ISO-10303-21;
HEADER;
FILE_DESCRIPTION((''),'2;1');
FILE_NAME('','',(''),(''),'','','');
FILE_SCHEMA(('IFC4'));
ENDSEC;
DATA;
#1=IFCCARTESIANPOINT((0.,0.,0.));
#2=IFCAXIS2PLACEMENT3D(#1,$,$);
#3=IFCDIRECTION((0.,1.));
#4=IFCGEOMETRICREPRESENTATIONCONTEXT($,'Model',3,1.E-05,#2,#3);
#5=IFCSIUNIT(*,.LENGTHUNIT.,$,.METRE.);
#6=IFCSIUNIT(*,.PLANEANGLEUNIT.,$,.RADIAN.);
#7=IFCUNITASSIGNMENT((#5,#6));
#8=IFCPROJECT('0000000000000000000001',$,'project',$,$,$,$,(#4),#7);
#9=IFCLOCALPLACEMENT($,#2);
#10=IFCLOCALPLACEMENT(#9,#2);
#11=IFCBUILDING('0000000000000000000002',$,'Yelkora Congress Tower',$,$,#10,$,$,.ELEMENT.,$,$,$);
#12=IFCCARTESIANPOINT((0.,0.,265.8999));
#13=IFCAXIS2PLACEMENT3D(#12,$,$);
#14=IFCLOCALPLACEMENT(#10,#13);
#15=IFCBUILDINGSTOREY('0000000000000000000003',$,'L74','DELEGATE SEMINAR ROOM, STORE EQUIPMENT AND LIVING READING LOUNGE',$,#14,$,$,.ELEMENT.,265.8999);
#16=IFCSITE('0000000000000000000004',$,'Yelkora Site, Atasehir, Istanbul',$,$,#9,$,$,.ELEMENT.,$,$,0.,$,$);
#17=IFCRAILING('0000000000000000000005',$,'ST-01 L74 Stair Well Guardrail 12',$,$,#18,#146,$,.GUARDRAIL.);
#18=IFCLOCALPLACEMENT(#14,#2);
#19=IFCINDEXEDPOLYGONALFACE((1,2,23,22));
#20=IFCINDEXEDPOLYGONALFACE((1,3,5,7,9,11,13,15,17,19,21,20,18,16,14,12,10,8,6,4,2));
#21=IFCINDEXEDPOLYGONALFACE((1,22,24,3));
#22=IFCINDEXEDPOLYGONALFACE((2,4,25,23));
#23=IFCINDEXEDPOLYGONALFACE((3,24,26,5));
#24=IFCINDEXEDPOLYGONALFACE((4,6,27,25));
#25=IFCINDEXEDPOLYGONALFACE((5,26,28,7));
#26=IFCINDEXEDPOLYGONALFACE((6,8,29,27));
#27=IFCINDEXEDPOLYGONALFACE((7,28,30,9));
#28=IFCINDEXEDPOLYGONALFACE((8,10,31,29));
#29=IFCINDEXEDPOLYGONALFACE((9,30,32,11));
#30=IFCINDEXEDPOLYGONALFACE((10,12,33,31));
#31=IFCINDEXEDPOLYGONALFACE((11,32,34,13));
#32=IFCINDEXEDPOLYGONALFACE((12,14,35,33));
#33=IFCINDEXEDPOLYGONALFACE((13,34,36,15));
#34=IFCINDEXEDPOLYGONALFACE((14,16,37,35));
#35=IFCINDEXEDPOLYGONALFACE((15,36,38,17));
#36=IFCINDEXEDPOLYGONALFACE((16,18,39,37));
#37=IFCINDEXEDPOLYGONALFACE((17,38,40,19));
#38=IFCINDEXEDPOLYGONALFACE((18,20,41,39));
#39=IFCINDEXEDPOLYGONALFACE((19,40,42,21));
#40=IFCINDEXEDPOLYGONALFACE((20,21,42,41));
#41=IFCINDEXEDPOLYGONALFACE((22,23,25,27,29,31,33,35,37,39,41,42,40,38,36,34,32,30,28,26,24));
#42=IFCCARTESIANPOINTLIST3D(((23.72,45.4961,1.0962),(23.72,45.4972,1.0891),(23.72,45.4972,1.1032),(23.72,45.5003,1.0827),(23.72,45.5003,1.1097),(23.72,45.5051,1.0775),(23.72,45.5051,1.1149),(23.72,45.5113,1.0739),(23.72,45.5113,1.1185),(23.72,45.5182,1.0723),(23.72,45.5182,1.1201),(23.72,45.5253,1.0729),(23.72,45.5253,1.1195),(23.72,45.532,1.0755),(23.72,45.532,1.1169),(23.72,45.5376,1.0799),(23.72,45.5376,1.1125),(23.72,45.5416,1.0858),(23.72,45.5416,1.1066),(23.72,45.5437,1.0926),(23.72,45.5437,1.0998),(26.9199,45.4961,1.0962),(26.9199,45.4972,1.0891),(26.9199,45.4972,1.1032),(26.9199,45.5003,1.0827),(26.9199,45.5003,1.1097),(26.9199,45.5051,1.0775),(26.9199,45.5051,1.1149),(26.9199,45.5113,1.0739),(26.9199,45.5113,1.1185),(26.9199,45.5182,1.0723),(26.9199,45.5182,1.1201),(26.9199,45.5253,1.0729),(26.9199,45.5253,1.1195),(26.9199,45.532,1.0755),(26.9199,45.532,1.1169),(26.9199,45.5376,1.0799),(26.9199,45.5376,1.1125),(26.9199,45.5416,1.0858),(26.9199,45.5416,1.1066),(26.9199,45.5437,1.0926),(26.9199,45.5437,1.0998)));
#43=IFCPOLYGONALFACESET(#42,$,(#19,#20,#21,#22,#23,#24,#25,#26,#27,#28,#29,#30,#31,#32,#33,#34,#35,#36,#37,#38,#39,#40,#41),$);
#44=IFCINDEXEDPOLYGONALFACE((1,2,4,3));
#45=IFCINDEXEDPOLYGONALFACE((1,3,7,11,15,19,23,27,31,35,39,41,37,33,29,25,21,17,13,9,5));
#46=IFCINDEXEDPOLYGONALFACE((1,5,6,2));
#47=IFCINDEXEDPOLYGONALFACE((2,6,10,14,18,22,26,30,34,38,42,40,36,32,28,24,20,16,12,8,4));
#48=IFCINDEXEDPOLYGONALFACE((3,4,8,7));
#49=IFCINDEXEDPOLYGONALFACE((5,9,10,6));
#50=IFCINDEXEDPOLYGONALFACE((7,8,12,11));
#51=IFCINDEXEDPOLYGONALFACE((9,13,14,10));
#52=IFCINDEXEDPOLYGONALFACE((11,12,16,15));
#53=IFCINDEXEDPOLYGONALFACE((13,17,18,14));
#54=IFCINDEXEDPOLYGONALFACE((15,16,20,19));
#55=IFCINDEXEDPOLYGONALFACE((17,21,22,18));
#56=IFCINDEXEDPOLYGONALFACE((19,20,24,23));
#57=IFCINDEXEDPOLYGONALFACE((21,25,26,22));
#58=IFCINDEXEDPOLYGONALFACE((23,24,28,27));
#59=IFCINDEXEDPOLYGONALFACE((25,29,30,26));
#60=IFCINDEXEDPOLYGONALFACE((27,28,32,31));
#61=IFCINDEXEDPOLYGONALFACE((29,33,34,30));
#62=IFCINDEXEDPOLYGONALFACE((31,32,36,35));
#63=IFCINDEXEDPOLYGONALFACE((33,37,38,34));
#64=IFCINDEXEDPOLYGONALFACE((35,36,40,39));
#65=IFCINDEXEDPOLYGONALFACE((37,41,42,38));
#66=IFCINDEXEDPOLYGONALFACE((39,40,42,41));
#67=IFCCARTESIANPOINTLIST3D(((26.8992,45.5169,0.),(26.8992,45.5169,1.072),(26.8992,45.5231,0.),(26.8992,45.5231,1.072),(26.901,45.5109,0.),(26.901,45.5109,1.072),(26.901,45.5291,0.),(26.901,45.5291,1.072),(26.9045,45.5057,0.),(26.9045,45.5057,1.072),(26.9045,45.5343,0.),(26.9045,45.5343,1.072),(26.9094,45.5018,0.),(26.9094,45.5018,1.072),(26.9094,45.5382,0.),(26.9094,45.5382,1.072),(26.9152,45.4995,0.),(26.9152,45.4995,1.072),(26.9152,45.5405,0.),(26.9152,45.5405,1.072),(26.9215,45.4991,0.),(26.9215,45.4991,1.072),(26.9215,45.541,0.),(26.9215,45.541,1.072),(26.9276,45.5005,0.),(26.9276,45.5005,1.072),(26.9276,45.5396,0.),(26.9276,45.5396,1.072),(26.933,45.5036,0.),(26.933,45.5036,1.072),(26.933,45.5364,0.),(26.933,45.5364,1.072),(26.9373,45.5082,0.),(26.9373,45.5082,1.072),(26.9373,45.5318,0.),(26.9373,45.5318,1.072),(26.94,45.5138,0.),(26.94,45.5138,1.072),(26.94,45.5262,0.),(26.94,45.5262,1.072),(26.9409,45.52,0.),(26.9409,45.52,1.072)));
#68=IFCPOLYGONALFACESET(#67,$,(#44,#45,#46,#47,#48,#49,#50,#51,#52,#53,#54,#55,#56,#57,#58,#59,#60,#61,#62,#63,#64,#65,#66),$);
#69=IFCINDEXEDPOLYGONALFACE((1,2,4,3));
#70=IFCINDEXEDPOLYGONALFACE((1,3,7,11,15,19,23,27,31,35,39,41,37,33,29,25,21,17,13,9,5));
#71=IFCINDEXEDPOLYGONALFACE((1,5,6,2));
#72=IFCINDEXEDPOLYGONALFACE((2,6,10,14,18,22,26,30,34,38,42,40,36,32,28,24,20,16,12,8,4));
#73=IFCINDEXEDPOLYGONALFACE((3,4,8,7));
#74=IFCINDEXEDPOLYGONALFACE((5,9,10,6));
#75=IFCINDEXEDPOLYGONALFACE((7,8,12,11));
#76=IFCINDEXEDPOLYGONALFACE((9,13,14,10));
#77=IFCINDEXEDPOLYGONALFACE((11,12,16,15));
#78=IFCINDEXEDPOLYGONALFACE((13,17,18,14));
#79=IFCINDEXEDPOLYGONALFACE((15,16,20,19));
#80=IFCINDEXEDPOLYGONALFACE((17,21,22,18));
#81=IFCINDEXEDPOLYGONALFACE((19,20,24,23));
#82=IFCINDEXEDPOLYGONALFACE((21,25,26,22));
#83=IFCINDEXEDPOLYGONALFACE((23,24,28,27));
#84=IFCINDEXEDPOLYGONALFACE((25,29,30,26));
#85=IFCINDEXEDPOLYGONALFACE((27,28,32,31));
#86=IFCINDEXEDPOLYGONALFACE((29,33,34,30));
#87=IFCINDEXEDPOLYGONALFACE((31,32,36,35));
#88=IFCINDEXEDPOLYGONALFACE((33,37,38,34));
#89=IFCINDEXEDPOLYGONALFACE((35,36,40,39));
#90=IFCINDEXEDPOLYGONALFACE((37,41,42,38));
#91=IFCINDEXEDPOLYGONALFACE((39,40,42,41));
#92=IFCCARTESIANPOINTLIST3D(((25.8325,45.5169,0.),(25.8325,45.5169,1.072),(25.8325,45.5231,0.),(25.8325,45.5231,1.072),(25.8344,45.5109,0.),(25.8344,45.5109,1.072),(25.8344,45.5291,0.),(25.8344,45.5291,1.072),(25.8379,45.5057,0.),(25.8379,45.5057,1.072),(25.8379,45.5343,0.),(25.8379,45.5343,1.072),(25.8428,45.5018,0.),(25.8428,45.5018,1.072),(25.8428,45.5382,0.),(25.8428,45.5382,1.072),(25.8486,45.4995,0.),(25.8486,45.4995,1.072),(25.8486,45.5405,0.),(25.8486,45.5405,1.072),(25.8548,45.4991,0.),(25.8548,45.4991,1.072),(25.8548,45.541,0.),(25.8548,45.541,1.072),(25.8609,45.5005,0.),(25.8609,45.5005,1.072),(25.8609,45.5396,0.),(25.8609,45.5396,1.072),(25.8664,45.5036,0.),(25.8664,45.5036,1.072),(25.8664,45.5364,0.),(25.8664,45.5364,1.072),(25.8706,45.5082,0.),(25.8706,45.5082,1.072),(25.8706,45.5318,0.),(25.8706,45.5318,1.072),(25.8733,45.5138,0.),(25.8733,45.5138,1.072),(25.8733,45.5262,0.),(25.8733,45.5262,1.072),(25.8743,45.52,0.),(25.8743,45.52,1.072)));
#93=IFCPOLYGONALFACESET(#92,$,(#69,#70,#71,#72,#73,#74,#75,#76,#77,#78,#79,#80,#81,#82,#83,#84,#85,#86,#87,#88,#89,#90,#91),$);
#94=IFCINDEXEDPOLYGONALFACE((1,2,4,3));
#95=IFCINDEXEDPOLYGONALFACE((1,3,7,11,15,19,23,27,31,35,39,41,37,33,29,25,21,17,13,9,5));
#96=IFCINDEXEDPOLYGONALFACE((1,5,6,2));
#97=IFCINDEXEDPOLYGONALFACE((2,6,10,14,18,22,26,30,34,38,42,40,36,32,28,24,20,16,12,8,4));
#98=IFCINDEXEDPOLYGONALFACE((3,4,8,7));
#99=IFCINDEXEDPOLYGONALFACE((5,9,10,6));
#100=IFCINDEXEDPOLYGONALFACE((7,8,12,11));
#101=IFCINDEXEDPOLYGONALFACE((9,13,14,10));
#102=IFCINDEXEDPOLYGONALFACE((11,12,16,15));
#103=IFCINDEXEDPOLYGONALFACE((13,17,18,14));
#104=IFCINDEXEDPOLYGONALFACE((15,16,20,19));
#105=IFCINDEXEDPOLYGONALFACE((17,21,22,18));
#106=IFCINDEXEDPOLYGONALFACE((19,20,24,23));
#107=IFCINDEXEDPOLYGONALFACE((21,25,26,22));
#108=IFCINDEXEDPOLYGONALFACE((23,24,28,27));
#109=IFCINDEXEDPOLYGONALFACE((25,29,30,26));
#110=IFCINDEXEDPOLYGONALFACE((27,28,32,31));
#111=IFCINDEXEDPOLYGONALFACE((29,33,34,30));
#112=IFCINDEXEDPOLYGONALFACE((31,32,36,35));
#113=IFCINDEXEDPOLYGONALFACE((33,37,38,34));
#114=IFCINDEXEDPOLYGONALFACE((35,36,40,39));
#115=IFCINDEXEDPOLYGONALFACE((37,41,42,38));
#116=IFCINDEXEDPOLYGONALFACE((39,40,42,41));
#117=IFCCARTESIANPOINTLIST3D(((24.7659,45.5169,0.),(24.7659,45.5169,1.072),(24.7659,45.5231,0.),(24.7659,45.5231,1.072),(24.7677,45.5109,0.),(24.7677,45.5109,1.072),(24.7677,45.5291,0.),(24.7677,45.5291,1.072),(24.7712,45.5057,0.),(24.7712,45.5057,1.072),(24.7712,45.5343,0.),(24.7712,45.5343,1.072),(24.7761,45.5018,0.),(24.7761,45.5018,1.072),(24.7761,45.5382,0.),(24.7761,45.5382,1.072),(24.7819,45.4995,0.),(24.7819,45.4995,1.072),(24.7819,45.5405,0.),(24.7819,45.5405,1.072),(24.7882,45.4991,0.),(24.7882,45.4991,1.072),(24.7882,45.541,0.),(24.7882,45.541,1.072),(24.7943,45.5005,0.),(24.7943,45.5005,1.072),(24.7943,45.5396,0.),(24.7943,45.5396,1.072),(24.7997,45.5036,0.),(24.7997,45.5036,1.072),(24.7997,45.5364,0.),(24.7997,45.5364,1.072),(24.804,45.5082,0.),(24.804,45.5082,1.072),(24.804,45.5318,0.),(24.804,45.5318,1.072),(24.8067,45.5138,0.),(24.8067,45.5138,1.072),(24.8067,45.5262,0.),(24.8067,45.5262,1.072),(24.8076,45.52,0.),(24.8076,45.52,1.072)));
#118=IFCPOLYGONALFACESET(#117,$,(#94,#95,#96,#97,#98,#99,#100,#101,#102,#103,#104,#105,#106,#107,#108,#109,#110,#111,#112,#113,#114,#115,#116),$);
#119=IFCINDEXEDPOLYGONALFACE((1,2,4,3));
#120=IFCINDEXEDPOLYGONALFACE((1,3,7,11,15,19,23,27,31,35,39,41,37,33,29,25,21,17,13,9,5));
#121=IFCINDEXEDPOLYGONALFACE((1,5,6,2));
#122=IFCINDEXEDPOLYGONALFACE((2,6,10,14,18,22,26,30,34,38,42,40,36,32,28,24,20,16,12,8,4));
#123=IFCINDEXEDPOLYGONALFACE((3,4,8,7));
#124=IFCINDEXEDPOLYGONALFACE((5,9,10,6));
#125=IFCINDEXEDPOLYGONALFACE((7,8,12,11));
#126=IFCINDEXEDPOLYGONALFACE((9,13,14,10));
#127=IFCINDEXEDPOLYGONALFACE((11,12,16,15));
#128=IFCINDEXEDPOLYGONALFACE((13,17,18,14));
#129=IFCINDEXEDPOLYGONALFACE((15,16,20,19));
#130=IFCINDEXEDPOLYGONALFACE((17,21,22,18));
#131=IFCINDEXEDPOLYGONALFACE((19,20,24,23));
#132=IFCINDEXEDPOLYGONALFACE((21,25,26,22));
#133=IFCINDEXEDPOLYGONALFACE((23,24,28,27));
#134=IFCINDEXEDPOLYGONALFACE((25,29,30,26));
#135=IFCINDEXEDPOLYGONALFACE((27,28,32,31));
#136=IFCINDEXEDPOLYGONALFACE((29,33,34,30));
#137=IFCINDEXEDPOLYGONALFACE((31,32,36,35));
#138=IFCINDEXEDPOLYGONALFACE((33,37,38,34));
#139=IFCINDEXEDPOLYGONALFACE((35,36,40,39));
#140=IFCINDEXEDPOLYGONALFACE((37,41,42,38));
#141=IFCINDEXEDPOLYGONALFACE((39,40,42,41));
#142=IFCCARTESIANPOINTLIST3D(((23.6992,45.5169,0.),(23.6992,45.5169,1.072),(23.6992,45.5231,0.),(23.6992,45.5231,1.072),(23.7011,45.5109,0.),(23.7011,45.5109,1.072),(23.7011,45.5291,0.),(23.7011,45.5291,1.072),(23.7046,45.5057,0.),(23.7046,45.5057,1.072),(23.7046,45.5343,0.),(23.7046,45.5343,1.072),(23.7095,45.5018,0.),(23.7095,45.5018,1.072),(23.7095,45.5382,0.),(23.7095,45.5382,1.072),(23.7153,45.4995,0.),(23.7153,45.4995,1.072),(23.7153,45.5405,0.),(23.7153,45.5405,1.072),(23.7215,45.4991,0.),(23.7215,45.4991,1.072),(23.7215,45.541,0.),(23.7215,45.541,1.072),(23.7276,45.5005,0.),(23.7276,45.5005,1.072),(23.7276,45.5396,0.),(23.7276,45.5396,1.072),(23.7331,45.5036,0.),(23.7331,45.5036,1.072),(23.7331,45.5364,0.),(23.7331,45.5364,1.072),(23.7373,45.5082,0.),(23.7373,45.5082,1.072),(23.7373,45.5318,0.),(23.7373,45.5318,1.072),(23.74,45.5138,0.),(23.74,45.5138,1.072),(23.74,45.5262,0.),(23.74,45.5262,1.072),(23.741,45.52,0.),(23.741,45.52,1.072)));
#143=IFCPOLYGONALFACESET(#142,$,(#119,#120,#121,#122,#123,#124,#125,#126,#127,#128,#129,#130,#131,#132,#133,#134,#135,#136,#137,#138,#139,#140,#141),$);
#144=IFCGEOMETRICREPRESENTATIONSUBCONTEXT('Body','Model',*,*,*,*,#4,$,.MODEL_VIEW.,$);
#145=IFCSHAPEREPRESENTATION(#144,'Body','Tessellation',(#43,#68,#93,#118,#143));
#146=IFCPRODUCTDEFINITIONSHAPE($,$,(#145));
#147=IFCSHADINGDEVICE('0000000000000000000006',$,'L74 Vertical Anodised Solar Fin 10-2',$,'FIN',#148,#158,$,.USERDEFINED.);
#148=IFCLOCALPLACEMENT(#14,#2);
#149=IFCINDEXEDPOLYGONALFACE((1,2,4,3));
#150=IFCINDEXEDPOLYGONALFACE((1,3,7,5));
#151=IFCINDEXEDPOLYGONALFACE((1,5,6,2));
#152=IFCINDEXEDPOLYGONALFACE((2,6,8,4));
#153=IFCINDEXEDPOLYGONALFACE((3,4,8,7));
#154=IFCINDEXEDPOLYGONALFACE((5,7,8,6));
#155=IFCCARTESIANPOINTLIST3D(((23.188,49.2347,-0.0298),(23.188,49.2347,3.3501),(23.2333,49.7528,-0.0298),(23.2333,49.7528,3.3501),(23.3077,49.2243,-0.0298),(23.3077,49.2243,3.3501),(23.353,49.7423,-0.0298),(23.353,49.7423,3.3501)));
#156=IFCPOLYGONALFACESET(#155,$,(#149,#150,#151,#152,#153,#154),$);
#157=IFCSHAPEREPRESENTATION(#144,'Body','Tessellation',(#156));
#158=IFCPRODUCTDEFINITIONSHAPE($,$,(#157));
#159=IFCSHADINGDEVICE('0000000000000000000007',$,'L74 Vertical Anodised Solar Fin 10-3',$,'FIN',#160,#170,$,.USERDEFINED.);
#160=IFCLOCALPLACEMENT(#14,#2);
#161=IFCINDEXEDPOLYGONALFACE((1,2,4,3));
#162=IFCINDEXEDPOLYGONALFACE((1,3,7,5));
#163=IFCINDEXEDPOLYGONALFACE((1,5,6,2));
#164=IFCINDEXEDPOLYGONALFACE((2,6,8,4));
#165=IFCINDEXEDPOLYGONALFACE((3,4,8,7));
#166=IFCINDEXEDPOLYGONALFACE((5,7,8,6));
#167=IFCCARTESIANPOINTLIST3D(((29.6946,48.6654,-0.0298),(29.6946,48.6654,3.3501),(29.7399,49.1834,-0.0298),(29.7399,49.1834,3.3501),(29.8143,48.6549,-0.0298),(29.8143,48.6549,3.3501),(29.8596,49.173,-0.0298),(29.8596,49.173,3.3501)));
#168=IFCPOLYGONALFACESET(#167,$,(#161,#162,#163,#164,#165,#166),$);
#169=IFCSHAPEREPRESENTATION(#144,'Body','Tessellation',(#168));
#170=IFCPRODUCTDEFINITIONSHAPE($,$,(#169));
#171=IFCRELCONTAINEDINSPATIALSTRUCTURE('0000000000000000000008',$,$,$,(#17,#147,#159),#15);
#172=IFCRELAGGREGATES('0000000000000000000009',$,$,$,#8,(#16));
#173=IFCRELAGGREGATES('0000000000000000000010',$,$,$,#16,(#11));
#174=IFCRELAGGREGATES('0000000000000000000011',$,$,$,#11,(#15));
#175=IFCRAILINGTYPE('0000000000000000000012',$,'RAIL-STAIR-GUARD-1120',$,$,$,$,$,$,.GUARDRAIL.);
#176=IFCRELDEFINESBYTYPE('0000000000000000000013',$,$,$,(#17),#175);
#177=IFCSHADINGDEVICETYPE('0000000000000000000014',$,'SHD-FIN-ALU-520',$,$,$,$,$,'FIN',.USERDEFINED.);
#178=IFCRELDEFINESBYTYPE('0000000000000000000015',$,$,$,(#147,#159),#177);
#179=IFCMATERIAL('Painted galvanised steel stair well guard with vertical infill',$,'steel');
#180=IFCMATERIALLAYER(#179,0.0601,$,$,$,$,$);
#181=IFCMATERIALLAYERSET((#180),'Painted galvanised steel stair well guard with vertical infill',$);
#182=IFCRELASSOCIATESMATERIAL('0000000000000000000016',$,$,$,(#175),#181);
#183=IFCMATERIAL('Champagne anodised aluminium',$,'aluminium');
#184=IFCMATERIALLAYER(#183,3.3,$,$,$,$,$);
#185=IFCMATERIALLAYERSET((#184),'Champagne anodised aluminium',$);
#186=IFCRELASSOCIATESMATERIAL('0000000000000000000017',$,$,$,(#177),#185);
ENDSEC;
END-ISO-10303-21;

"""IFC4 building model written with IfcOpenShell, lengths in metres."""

from ifc_helpers import new_model, si_unit, direction, frame, origin, origin_2d, place, context, subcontext, project, spatial, rectangle, circle, extrude, material, layer, layer_set, type_object, element, save


model = new_model("IFC4")

# Units and contexts
model_context = context("Model", 3, precision=1e-05, world=origin(), true_north=direction((0.0, 1.0)))
body_context = subcontext(model_context, "Body", "Model", "MODEL_VIEW")
ifc_project = project(units=[si_unit("LENGTHUNIT", "METRE"), si_unit("PLANEANGLEUNIT", "RADIAN")], contexts=[model_context])

# Site, building, storey
site_placement = place(None, origin())
site = spatial("IfcSite", under=ifc_project, at=site_placement, Name="Yelkora Site, Atasehir, Istanbul", CompositionType="ELEMENT", RefElevation=0.0)
building_placement = place(site_placement, origin())
building = spatial("IfcBuilding", under=site, at=building_placement, Name="Yelkora Congress Tower", CompositionType="ELEMENT")
storey_placement = place(building_placement, frame((0.0, 0.0, 265.8999)))
storey = spatial("IfcBuildingStorey", under=building, at=storey_placement, Name="L74", Description="DELEGATE SEMINAR ROOM, STORE EQUIPMENT AND LIVING READING LOUNGE", CompositionType="ELEMENT", Elevation=265.8999)

# Railing
ifc_material_1 = material(Name="Painted galvanised steel stair well guard with vertical infill", Category="steel")
ifc_layer_1 = layer(ifc_material_1, 0.0601)
ifc_layer_set_1 = layer_set([ifc_layer_1], Name="Painted galvanised steel stair well guard with vertical infill")
railing_type = type_object("IfcRailingType", Name="RAIL-STAIR-GUARD-1120", PredefinedType="GUARDRAIL", material=ifc_layer_set_1)
railing_1_placement = place(storey_placement, frame((26.9199, 45.52, 0.0)))
element("IfcRailing", 1, at=railing_1_placement, inside=storey, type_object=railing_type, Name="ST-01 L74 Stair Well Guardrail 12", PredefinedType="GUARDRAIL", context=body_context, shape_type="SweptSolid", body=[
    extrude(circle(Radius=0.0239, at=origin_2d()), frame((0.0, 0.0, 1.0962), z_axis=(-1.0, 0.0, 0.0), x_axis=(0.0, -1.0, 0.0)), (0.0, 0.0, 1.0), 3.2),
    extrude(circle(Radius=0.021, at=origin_2d()), origin(), (0.0, 0.0, 1.0), 1.072),
    extrude(circle(Radius=0.021, at=origin_2d()), frame((-1.0667, 0.0, 0.0)), (0.0, 0.0, 1.0), 1.072),
    extrude(circle(Radius=0.021, at=origin_2d()), frame((-2.1333, 0.0, 0.0)), (0.0, 0.0, 1.0), 1.072),
    extrude(circle(Radius=0.021, at=origin_2d()), frame((-3.2, 0.0, 0.0)), (0.0, 0.0, 1.0), 1.072),
])

# Shading devices
ifc_material_2 = material(Name="Champagne anodised aluminium", Category="aluminium")
ifc_layer_2 = layer(ifc_material_2, 3.3)
ifc_layer_set_2 = layer_set([ifc_layer_2], Name="Champagne anodised aluminium")
shading_device_type = type_object("IfcShadingDeviceType", Name="SHD-FIN-ALU-520", ElementType="FIN", PredefinedType="USERDEFINED", material=ifc_layer_set_2)
for number, where, z_axis, x_axis, name in (
    (2, (23.2705, 49.4885, -0.0298), (0.0, 0.0, 1.0), (0.996195, -0.087156, 0.0), "L74 Vertical Anodised Solar Fin 10-2"),
    (3, (29.7771, 48.9192, -0.0298), (0.0, 0.0, 1.0), (0.996195, -0.087156, 0.0), "L74 Vertical Anodised Solar Fin 10-3"),
):
    element("IfcShadingDevice", number, at=place(storey_placement, frame(where, z_axis=z_axis, x_axis=x_axis)), inside=storey, type_object=shading_device_type, Name=name, ObjectType="FIN", PredefinedType="USERDEFINED", context=body_context, shape_type="SweptSolid", body=[
        extrude(rectangle(XDim=0.1201, YDim=0.52, at=origin_2d()), origin(), (0.0, 0.0, 1.0), 3.3799),
    ])

save(model, "model.ifc")
